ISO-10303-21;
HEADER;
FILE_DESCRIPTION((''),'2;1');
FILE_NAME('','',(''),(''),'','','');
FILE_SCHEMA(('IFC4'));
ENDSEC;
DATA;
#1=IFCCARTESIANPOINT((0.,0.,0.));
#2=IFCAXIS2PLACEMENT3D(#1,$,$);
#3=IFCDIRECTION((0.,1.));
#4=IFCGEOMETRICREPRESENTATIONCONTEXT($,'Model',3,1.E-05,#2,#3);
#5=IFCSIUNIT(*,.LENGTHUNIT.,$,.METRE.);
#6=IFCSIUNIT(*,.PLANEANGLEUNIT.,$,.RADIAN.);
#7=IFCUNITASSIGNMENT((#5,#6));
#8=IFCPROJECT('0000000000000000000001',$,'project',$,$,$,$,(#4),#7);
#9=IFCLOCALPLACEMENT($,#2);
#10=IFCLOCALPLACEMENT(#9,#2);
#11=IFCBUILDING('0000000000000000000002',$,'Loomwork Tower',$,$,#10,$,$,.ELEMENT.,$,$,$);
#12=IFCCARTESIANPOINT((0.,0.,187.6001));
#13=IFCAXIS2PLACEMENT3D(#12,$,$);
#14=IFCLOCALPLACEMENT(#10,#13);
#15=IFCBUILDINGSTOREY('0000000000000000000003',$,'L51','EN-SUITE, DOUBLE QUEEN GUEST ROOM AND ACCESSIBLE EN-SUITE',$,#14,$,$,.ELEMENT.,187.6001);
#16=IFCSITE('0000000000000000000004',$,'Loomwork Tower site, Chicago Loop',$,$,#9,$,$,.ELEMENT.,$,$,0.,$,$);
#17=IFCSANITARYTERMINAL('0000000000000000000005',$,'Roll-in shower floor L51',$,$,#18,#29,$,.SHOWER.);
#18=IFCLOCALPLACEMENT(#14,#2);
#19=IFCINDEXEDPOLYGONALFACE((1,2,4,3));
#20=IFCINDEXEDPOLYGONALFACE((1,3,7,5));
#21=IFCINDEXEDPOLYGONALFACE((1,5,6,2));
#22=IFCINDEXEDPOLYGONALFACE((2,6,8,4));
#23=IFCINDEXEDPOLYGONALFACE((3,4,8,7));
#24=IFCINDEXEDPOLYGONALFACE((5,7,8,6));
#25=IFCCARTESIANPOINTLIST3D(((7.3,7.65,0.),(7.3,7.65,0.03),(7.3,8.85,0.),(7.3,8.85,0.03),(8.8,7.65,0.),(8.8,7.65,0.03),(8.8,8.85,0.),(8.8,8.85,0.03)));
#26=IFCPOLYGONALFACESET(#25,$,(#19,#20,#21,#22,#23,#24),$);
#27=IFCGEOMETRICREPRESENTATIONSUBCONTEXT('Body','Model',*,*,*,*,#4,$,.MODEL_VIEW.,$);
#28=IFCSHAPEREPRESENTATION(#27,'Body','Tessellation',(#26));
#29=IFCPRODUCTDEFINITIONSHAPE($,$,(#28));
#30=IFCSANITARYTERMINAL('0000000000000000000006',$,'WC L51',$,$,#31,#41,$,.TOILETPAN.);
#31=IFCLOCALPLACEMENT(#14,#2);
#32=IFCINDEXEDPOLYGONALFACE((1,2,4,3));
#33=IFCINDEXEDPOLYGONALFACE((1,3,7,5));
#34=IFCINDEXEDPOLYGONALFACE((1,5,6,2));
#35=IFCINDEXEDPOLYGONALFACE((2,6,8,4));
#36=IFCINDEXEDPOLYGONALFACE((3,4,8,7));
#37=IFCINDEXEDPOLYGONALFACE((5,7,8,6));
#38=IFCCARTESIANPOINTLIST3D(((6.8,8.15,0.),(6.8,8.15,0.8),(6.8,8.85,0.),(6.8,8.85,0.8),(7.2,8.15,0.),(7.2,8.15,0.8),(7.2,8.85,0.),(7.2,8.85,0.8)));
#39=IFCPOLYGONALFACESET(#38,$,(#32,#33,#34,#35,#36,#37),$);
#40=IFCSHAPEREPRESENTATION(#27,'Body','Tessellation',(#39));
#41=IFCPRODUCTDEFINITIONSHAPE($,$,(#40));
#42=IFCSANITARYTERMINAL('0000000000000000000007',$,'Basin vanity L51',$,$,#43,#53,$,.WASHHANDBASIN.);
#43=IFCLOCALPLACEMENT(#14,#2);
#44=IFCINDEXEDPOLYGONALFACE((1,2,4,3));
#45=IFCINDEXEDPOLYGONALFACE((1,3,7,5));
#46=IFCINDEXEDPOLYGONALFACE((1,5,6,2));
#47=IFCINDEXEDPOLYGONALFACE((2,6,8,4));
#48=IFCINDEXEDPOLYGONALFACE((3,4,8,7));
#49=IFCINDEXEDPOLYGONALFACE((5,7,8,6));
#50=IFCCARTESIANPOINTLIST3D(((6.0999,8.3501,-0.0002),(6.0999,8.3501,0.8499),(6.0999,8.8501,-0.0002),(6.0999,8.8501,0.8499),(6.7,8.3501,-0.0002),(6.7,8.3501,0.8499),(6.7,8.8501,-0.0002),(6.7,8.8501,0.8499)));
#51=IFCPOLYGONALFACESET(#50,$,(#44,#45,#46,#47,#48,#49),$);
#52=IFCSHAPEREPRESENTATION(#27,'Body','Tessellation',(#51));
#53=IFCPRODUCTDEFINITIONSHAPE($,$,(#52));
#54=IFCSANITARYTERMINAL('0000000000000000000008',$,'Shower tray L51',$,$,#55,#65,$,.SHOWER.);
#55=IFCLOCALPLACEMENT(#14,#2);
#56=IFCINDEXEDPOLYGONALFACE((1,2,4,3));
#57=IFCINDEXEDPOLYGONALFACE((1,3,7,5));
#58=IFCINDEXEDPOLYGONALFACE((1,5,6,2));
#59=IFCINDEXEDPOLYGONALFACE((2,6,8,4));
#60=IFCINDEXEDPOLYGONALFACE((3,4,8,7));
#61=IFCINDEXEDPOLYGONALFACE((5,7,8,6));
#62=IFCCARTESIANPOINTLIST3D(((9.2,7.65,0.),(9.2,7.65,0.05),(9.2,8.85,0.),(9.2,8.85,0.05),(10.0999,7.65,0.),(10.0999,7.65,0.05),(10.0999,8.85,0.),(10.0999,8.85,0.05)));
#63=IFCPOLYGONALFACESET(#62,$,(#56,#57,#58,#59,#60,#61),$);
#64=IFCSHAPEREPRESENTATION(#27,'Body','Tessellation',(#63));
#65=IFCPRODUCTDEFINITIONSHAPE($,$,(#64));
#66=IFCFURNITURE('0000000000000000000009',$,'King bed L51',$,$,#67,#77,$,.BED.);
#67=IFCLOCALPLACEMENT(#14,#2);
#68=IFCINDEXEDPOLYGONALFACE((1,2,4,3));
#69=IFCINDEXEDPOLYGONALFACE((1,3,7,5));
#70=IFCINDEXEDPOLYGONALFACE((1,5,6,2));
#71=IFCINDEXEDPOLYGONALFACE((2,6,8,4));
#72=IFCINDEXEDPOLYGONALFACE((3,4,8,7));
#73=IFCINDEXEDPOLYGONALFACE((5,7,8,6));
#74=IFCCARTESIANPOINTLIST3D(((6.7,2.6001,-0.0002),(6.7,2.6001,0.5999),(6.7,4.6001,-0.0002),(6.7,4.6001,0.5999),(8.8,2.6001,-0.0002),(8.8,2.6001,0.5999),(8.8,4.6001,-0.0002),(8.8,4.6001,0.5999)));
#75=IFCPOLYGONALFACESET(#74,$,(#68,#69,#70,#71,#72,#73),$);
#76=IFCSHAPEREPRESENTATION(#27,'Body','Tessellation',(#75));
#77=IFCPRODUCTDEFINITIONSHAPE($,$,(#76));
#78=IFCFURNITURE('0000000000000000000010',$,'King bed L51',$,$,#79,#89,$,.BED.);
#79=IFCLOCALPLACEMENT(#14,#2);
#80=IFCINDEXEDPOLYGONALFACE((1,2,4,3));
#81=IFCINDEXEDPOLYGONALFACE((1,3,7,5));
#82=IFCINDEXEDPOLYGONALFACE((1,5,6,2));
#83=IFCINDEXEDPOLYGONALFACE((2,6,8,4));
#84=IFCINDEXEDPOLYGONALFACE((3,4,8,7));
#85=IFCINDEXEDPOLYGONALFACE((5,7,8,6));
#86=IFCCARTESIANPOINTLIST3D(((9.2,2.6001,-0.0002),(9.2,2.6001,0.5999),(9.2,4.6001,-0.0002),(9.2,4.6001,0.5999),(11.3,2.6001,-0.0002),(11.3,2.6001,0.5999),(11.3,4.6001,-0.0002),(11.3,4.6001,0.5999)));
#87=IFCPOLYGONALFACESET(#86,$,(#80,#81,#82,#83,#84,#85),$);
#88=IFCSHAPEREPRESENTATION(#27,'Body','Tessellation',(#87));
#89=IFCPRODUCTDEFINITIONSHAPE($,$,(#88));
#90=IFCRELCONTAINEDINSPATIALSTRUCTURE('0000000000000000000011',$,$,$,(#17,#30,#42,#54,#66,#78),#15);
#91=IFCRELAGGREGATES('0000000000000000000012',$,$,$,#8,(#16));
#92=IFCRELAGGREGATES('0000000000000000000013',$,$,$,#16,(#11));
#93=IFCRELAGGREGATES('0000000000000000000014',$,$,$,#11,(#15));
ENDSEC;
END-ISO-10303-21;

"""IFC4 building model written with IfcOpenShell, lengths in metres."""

from ifc_helpers import new_model, si_unit, direction, frame, origin, origin_2d, place, context, subcontext, project, spatial, rectangle, extrude, element, save


model = new_model("IFC4")

# Units and contexts
model_context = context("Model", 3, precision=1e-05, world=origin(), true_north=direction((0.0, 1.0)))
body_context = subcontext(model_context, "Body", "Model", "MODEL_VIEW")
ifc_project = project(units=[si_unit("LENGTHUNIT", "METRE"), si_unit("PLANEANGLEUNIT", "RADIAN")], contexts=[model_context])

# Site, building, storey
site_placement = place(None, origin())
site = spatial("IfcSite", under=ifc_project, at=site_placement, Name="Loomwork Tower site, Chicago Loop", CompositionType="ELEMENT", RefElevation=0.0)
building_placement = place(site_placement, origin())
building = spatial("IfcBuilding", under=site, at=building_placement, Name="Loomwork Tower", CompositionType="ELEMENT")
storey_placement = place(building_placement, frame((0.0, 0.0, 187.6001)))
storey = spatial("IfcBuildingStorey", under=building, at=storey_placement, Name="L51", Description="EN-SUITE, DOUBLE QUEEN GUEST ROOM AND ACCESSIBLE EN-SUITE", CompositionType="ELEMENT", Elevation=187.6001)

# Sanitary terminals
sanitary_terminal_1_placement = place(storey_placement, frame((8.05, 8.25, 0.0), z_axis=(0.0, 0.0, 1.0), x_axis=(1.0, 0.0, 0.0)))
element("IfcSanitaryTerminal", 1, at=sanitary_terminal_1_placement, inside=storey, Name="Roll-in shower floor L51", PredefinedType="SHOWER", context=body_context, shape_type="SweptSolid", body=[
    extrude(rectangle(XDim=1.5, YDim=1.2, at=origin_2d()), origin(), (0.0, 0.0, 1.0), 0.03),
])
sanitary_terminal_2_placement = place(storey_placement, frame((7.0, 8.5, 0.0), z_axis=(0.0, 0.0, 1.0), x_axis=(1.0, 0.0, 0.0)))
element("IfcSanitaryTerminal", 2, at=sanitary_terminal_2_placement, inside=storey, Name="WC L51", PredefinedType="TOILETPAN", context=body_context, shape_type="SweptSolid", body=[
    extrude(rectangle(XDim=0.3999, YDim=0.7, at=origin_2d()), origin(), (0.0, 0.0, 1.0), 0.8),
])
sanitary_terminal_3_placement = place(storey_placement, frame((6.3999, 8.6001, -0.0002), z_axis=(0.0, 0.0, 1.0), x_axis=(1.0, 0.0, 0.0)))
element("IfcSanitaryTerminal", 3, at=sanitary_terminal_3_placement, inside=storey, Name="Basin vanity L51", PredefinedType="WASHHANDBASIN", context=body_context, shape_type="SweptSolid", body=[
    extrude(rectangle(XDim=0.6001, YDim=0.5, at=origin_2d()), origin(), (0.0, 0.0, 1.0), 0.8501),
])
sanitary_terminal_4_placement = place(storey_placement, frame((9.6499, 8.25, 0.0), z_axis=(0.0, 0.0, 1.0), x_axis=(1.0, 0.0, 0.0)))
element("IfcSanitaryTerminal", 4, at=sanitary_terminal_4_placement, inside=storey, Name="Shower tray L51", PredefinedType="SHOWER", context=body_context, shape_type="SweptSolid", body=[
    extrude(rectangle(XDim=0.8999, YDim=1.2, at=origin_2d()), origin(), (0.0, 0.0, 1.0), 0.05),
])

# Furniture
for number, where, z_axis, x_axis, name in (
    (5, (7.75, 3.6001, -0.0002), (0.0, 0.0, 1.0), (1.0, 0.0, 0.0), "King bed L51"),
    (6, (10.25, 3.6001, -0.0002), (0.0, 0.0, 1.0), (1.0, 0.0, 0.0), "King bed L51"),
):
    element("IfcFurniture", number, at=place(storey_placement, frame(where, z_axis=z_axis, x_axis=x_axis)), inside=storey, Name=name, PredefinedType="BED", context=body_context, shape_type="SweptSolid", body=[
        extrude(rectangle(XDim=2.1001, YDim=2.0, at=origin_2d()), origin(), (0.0, 0.0, 1.0), 0.6001),
    ])

save(model, "model.ifc")
